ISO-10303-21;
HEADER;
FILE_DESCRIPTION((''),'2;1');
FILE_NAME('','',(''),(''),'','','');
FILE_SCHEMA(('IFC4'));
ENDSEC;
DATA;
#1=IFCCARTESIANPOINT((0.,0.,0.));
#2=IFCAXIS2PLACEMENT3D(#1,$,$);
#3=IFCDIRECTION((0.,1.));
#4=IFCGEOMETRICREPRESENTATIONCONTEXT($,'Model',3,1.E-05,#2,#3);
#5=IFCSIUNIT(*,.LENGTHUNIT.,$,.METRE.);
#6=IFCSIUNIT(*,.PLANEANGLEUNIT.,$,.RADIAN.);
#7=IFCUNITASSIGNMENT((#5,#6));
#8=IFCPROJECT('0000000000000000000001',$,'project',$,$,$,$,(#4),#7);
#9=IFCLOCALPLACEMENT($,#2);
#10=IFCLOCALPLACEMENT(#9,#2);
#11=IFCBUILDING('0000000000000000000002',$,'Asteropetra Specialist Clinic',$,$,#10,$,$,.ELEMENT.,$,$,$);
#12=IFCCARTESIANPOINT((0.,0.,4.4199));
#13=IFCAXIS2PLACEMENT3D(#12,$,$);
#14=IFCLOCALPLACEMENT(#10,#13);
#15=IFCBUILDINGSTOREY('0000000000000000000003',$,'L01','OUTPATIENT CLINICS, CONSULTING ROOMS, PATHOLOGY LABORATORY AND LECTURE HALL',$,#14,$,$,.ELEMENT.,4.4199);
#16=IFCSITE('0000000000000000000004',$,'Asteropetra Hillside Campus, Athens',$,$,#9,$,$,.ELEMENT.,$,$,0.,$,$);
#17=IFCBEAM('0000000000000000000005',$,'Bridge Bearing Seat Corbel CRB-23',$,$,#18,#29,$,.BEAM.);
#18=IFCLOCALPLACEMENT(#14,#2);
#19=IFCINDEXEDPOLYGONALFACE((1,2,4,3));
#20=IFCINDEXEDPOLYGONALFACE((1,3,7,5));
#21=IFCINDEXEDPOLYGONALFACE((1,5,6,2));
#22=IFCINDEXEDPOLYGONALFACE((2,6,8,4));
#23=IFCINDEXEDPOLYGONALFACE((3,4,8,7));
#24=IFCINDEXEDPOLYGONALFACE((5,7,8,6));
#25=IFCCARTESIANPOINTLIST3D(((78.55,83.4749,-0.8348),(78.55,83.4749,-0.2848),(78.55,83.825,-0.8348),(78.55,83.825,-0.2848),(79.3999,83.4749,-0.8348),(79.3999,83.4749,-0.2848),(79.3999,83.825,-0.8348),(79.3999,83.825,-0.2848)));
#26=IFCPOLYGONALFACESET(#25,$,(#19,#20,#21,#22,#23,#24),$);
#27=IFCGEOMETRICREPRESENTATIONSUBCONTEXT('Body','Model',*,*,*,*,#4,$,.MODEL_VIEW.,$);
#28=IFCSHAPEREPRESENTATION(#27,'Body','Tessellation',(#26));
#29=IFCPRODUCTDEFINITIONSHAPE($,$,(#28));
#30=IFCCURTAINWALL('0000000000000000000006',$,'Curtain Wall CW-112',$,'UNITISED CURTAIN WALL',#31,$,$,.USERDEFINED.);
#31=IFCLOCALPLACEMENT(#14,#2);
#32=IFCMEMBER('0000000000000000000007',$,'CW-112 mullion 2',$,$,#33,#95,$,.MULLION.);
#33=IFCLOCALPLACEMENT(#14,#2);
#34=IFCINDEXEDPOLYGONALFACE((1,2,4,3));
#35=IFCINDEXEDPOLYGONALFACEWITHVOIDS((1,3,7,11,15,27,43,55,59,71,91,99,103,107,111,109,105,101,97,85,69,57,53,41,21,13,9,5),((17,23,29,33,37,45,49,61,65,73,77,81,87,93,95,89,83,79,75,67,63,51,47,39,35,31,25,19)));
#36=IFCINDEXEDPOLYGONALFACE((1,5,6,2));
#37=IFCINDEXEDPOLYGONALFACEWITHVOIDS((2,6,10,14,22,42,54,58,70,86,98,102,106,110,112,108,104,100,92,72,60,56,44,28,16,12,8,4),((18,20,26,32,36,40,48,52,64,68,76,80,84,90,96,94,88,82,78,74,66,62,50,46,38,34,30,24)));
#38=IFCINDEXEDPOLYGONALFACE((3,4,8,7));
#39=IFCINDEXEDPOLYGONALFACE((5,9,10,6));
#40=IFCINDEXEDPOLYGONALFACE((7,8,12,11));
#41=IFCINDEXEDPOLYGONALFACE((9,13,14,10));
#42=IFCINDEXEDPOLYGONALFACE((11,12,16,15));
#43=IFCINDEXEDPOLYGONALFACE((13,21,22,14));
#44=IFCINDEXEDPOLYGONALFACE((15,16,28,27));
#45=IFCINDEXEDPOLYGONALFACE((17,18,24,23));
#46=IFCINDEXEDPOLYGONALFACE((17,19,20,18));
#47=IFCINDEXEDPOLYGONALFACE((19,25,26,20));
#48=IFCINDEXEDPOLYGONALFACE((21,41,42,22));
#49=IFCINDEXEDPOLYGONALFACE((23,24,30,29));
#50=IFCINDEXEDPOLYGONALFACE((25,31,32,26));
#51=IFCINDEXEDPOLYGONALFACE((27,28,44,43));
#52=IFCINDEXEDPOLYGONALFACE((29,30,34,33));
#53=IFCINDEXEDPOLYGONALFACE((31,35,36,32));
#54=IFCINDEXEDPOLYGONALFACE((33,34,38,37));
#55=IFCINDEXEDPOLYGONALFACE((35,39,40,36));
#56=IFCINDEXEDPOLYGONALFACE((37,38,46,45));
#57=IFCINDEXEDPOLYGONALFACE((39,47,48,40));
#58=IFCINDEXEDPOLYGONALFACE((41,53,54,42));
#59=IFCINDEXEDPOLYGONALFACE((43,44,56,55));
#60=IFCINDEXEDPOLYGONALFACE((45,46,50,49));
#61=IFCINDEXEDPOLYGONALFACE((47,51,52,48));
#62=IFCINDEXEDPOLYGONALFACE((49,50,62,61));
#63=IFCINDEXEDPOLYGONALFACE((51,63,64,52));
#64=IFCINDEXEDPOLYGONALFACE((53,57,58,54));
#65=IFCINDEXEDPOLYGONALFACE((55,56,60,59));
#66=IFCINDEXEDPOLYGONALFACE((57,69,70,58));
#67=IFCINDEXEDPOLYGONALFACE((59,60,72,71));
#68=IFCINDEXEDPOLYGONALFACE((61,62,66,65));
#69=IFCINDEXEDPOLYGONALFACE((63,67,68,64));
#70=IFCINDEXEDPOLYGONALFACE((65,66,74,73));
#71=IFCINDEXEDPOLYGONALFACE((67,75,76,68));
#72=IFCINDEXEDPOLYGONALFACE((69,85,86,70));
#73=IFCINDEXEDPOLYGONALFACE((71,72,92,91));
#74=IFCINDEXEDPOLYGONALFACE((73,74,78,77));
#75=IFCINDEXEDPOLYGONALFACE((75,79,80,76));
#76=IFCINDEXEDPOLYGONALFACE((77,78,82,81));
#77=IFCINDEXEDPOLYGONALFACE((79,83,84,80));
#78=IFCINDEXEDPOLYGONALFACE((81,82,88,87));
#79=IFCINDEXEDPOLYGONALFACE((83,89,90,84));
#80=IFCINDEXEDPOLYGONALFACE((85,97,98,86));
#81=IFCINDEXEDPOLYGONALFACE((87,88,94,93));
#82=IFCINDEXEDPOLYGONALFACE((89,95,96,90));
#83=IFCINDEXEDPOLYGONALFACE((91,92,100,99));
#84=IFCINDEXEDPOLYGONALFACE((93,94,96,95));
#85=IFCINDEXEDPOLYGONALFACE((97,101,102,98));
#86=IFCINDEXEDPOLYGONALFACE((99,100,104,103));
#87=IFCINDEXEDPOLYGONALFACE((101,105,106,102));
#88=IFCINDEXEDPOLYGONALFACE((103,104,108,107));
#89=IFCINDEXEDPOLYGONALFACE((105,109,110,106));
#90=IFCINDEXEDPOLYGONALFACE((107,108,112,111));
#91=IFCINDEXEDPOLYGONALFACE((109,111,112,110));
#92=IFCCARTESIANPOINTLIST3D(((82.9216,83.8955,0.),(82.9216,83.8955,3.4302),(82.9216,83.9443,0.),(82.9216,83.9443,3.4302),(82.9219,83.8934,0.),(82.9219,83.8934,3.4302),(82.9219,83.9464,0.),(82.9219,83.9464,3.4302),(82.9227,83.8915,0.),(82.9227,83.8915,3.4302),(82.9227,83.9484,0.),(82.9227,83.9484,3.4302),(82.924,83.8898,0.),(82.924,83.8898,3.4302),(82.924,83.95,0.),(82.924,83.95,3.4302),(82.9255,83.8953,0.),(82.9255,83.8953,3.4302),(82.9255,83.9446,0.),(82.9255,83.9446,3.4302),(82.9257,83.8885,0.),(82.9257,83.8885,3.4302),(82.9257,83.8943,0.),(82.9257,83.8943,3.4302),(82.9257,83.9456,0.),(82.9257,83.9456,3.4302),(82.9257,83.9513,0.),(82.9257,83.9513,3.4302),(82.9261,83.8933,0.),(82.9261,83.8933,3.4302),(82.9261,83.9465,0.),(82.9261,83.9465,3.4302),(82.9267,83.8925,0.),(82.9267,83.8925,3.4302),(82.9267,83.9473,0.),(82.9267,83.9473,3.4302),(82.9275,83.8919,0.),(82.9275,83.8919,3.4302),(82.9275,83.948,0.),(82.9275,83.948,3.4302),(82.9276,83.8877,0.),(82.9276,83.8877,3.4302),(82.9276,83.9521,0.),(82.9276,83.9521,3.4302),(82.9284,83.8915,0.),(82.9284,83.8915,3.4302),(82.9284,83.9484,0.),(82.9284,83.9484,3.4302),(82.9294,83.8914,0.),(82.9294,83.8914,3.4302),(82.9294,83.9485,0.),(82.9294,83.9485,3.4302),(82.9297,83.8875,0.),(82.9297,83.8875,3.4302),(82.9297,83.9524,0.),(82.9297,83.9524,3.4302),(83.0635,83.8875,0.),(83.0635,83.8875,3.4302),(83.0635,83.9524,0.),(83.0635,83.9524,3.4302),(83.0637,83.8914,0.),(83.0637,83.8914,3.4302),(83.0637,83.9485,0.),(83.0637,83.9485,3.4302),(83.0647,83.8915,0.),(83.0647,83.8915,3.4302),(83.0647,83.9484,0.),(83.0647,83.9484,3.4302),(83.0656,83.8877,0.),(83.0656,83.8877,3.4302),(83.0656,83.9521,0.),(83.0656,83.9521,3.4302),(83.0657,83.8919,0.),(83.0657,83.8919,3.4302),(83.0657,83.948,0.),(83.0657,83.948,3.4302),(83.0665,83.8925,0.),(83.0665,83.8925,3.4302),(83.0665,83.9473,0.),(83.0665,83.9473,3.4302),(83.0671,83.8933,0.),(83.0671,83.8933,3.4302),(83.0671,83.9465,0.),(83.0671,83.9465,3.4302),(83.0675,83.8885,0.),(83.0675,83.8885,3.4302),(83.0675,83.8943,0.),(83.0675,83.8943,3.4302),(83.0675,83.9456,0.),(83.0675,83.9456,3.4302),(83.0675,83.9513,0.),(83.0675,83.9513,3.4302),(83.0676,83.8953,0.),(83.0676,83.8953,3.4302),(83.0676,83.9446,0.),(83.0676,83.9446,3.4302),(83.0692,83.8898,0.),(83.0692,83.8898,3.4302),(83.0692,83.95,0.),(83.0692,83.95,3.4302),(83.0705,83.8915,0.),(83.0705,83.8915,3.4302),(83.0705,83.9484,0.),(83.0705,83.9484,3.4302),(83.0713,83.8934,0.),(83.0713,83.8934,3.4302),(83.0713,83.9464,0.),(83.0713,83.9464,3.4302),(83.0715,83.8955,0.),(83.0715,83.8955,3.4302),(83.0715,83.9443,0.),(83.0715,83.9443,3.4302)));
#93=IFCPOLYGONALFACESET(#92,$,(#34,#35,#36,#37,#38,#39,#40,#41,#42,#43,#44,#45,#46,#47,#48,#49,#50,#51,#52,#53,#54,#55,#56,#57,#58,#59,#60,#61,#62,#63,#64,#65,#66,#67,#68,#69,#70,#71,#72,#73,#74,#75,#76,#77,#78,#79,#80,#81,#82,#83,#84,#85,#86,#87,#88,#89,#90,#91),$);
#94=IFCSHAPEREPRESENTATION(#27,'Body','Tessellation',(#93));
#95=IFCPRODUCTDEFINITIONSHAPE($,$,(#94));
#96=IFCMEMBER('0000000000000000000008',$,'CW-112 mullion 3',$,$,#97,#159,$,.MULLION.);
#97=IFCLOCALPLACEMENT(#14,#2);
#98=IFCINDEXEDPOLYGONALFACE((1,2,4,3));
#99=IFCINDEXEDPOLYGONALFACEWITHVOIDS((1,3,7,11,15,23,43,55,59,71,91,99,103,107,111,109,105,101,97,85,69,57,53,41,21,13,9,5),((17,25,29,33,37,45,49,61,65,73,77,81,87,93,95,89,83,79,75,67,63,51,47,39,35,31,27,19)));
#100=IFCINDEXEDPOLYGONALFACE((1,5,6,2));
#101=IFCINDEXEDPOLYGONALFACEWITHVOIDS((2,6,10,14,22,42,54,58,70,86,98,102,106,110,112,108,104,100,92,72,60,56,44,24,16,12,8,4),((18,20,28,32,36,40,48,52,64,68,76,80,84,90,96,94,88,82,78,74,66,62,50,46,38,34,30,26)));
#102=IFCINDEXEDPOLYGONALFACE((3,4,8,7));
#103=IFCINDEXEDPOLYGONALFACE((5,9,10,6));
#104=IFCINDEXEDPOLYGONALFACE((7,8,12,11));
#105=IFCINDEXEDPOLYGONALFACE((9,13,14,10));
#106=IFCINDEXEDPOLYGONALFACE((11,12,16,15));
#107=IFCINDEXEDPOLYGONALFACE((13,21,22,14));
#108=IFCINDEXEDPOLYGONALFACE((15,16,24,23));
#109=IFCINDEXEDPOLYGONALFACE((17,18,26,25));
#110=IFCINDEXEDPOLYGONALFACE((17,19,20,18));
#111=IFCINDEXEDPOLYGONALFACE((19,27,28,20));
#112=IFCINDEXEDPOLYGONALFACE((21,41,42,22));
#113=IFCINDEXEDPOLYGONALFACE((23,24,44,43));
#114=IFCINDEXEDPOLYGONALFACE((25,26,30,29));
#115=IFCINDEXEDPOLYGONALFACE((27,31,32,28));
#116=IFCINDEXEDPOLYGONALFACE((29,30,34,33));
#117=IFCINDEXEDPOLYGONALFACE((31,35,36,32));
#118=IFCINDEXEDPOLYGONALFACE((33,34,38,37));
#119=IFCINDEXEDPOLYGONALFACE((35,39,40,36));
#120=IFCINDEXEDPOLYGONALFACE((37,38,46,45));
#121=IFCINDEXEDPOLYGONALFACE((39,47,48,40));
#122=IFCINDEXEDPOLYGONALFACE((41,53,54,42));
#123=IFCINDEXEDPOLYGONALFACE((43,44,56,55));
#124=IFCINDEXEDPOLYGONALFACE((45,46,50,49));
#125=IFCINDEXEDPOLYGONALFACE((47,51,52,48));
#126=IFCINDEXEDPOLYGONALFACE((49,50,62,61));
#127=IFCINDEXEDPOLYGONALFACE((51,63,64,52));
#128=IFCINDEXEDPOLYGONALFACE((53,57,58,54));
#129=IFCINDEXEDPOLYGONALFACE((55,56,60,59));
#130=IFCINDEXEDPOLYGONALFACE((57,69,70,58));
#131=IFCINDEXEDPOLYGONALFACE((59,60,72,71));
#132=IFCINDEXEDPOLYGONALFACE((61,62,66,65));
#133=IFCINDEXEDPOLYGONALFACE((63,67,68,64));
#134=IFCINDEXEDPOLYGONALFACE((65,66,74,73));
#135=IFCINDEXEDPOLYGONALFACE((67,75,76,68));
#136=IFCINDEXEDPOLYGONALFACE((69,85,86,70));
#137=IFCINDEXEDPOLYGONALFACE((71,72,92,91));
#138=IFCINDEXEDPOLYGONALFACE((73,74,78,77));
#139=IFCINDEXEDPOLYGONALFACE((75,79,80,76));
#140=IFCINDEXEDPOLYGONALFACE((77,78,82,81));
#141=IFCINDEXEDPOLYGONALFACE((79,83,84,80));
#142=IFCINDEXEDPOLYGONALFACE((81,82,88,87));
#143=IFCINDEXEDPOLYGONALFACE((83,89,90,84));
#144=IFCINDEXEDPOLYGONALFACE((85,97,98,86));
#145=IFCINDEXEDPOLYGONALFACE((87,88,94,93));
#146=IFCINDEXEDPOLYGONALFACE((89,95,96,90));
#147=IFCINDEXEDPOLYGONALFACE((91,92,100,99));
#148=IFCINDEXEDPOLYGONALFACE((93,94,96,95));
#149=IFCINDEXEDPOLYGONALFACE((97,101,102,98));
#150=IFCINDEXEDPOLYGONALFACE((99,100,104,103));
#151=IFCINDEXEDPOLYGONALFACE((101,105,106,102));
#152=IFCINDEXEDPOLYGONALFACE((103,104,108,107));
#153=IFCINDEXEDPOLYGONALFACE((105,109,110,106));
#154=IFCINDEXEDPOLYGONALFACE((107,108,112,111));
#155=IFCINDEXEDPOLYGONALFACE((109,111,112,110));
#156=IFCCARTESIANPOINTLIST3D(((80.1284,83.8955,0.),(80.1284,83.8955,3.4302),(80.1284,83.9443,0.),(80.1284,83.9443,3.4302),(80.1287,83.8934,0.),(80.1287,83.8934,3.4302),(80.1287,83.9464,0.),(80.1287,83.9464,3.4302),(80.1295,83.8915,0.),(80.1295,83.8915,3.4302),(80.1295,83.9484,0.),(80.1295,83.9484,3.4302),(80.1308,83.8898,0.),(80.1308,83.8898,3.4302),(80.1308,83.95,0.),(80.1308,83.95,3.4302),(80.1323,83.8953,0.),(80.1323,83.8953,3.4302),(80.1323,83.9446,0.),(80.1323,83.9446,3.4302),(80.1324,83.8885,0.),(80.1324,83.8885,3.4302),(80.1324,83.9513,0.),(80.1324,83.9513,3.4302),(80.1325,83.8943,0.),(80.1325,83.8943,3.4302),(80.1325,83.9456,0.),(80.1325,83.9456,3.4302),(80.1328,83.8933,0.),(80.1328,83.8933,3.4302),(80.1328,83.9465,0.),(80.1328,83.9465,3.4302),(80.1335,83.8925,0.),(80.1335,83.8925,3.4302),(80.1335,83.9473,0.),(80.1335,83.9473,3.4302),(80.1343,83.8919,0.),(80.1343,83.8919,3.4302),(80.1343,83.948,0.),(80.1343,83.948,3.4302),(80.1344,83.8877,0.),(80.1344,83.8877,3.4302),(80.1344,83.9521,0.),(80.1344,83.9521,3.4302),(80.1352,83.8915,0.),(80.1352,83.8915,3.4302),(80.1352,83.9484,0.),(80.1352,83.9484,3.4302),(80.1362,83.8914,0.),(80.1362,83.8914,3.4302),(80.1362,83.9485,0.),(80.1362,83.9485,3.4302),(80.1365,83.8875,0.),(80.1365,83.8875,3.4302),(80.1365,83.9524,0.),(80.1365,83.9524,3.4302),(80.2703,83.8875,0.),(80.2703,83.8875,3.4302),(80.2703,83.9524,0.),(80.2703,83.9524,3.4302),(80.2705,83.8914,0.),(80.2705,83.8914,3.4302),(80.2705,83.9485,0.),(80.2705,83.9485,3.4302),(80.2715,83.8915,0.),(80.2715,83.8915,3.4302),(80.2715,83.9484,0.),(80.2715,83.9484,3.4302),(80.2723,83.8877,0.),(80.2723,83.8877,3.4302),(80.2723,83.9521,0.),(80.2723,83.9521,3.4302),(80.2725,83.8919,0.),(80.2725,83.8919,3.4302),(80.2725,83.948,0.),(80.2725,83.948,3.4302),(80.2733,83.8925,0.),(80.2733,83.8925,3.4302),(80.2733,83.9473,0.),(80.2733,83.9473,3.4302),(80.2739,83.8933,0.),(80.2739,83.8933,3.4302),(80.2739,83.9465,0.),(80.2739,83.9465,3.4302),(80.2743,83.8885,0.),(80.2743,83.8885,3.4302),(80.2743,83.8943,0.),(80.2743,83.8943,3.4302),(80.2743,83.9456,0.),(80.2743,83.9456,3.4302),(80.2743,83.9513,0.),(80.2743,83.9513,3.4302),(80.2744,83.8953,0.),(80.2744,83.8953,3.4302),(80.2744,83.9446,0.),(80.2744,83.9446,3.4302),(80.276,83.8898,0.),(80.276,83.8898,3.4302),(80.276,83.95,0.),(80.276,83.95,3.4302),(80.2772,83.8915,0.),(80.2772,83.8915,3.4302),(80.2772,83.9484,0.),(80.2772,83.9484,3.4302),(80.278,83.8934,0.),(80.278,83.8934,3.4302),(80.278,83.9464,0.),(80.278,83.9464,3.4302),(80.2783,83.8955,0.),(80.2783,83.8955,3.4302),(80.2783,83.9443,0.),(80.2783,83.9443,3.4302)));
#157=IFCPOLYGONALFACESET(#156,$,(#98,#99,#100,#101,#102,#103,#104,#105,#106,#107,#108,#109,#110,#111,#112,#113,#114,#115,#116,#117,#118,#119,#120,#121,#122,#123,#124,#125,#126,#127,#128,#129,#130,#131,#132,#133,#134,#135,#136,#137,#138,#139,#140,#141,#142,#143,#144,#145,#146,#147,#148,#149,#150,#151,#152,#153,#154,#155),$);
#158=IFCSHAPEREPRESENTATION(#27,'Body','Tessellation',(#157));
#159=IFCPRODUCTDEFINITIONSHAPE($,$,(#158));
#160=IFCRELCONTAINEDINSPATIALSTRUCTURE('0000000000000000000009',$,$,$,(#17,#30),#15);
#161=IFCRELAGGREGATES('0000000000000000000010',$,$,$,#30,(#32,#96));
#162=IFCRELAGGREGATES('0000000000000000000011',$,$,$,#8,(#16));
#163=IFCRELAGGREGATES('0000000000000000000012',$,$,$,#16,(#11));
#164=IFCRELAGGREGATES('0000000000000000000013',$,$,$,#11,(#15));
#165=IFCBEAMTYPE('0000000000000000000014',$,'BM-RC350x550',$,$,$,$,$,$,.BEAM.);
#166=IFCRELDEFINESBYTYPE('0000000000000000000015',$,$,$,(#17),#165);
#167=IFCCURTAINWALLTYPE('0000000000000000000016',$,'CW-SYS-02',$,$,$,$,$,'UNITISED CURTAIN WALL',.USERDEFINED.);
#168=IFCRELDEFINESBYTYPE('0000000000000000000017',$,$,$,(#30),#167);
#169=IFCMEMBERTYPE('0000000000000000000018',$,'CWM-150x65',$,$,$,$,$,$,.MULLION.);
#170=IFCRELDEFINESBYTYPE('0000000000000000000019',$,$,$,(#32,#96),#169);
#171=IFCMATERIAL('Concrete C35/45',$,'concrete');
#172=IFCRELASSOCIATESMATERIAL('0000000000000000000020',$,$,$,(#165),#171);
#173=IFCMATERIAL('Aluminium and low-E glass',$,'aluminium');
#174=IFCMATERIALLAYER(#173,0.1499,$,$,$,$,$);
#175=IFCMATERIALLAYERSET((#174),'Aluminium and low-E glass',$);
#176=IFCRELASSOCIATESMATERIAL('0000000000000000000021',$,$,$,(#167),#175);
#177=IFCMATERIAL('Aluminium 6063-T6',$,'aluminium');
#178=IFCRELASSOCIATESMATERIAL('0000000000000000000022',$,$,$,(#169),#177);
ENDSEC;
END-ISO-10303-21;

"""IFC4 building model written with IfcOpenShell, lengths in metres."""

from ifc_helpers import new_model, si_unit, direction, frame, origin, origin_2d, place, context, subcontext, project, spatial, rectangle, hollow_rectangle, extrude, material, layer, layer_set, material_profile, profile_set, type_object, element, aggregate, save


model = new_model("IFC4")

# Units and contexts
model_context = context("Model", 3, precision=1e-05, world=origin(), true_north=direction((0.0, 1.0)))
body_context = subcontext(model_context, "Body", "Model", "MODEL_VIEW")
ifc_project = project(units=[si_unit("LENGTHUNIT", "METRE"), si_unit("PLANEANGLEUNIT", "RADIAN")], contexts=[model_context])

# Site, building, storey
site_placement = place(None, origin())
site = spatial("IfcSite", under=ifc_project, at=site_placement, Name="Asteropetra Hillside Campus, Athens", CompositionType="ELEMENT", RefElevation=0.0)
building_placement = place(site_placement, origin())
building = spatial("IfcBuilding", under=site, at=building_placement, Name="Asteropetra Specialist Clinic", CompositionType="ELEMENT")
storey_placement = place(building_placement, frame((0.0, 0.0, 4.4199)))
storey = spatial("IfcBuildingStorey", under=building, at=storey_placement, Name="L01", Description="OUTPATIENT CLINICS, CONSULTING ROOMS, PATHOLOGY LABORATORY AND LECTURE HALL", CompositionType="ELEMENT", Elevation=4.4199)

# Beam
ifc_material_1 = material(Name="Concrete C35/45", Category="concrete")
ifc_material_profile_1 = material_profile(ifc_material_1, rectangle(XDim=0.3501, YDim=0.55, at=origin_2d()), Name="RCB 350x550")
ifc_profile_set_1 = profile_set([ifc_material_profile_1], Name="Concrete C35/45")
beam_type = type_object("IfcBeamType", Name="BM-RC350x550", PredefinedType="BEAM", material=ifc_profile_set_1)
beam_placement = place(storey_placement, frame((79.3999, 83.6499, -0.5598), z_axis=(-1.0, 0.0, 0.0), x_axis=(0.0, -1.0, 0.0)))
element("IfcBeam", 1, at=beam_placement, inside=storey, type_object=beam_type, Name="Bridge Bearing Seat Corbel CRB-23", PredefinedType="BEAM", context=body_context, shape_type="SweptSolid", body=[
    extrude(rectangle(XDim=0.3501, YDim=0.55, at=origin_2d()), origin(), (0.0, 0.0, 1.0), 0.8499),
])

# Curtain wall, members
ifc_material_2 = material(Name="Aluminium and low-E glass", Category="aluminium")
ifc_layer_1 = layer(ifc_material_2, 0.1499)
ifc_layer_set_1 = layer_set([ifc_layer_1], Name="Aluminium and low-E glass")
curtain_wall_type = type_object("IfcCurtainWallType", Name="CW-SYS-02", ElementType="UNITISED CURTAIN WALL", PredefinedType="USERDEFINED", material=ifc_layer_set_1)
curtain_wall_placement = place(storey_placement, origin())
curtain_wall = element("IfcCurtainWall", 2, at=curtain_wall_placement, inside=storey, type_object=curtain_wall_type, Name="Curtain Wall CW-112", ObjectType="UNITISED CURTAIN WALL", PredefinedType="USERDEFINED")
ifc_material_3 = material(Name="Aluminium 6063-T6", Category="aluminium")
ifc_material_profile_2 = material_profile(ifc_material_3, hollow_rectangle(XDim=0.0649, YDim=0.1499, WallThickness=0.0039, InnerFilletRadius=0.0039, OuterFilletRadius=0.0081, at=origin_2d()), Name="MUL 150x65x4.0")
ifc_profile_set_2 = profile_set([ifc_material_profile_2], Name="Aluminium 6063-T6")
member_type_1 = type_object("IfcMemberType", Name="CWM-150x65", PredefinedType="MULLION", material=ifc_profile_set_2)
member_1_placement = place(storey_placement, frame((82.9966, 83.9199, 0.0), z_axis=(0.0, 0.0, 1.0), x_axis=(0.0, -1.0, 0.0)))
member_1 = element("IfcMember", 3, at=member_1_placement, type_object=member_type_1, Name="CW-112 mullion 2", PredefinedType="MULLION", context=body_context, shape_type="SweptSolid", body=[
    extrude(hollow_rectangle(XDim=0.0649, YDim=0.1499, WallThickness=0.0039, InnerFilletRadius=0.0039, OuterFilletRadius=0.0081, at=origin_2d()), origin(), (0.0, 0.0, 1.0), 3.4302),
])
member_2_placement = place(storey_placement, frame((80.2034, 83.9199, 0.0), z_axis=(0.0, 0.0, 1.0), x_axis=(0.0, -1.0, 0.0)))
member_2 = element("IfcMember", 4, at=member_2_placement, type_object=member_type_1, Name="CW-112 mullion 3", PredefinedType="MULLION", context=body_context, shape_type="SweptSolid", body=[
    extrude(hollow_rectangle(XDim=0.0649, YDim=0.1499, WallThickness=0.0039, InnerFilletRadius=0.0039, OuterFilletRadius=0.0081, at=origin_2d()), origin(), (0.0, 0.0, 1.0), 3.4302),
])
aggregate(curtain_wall, [member_1, member_2])

save(model, "model.ifc")
